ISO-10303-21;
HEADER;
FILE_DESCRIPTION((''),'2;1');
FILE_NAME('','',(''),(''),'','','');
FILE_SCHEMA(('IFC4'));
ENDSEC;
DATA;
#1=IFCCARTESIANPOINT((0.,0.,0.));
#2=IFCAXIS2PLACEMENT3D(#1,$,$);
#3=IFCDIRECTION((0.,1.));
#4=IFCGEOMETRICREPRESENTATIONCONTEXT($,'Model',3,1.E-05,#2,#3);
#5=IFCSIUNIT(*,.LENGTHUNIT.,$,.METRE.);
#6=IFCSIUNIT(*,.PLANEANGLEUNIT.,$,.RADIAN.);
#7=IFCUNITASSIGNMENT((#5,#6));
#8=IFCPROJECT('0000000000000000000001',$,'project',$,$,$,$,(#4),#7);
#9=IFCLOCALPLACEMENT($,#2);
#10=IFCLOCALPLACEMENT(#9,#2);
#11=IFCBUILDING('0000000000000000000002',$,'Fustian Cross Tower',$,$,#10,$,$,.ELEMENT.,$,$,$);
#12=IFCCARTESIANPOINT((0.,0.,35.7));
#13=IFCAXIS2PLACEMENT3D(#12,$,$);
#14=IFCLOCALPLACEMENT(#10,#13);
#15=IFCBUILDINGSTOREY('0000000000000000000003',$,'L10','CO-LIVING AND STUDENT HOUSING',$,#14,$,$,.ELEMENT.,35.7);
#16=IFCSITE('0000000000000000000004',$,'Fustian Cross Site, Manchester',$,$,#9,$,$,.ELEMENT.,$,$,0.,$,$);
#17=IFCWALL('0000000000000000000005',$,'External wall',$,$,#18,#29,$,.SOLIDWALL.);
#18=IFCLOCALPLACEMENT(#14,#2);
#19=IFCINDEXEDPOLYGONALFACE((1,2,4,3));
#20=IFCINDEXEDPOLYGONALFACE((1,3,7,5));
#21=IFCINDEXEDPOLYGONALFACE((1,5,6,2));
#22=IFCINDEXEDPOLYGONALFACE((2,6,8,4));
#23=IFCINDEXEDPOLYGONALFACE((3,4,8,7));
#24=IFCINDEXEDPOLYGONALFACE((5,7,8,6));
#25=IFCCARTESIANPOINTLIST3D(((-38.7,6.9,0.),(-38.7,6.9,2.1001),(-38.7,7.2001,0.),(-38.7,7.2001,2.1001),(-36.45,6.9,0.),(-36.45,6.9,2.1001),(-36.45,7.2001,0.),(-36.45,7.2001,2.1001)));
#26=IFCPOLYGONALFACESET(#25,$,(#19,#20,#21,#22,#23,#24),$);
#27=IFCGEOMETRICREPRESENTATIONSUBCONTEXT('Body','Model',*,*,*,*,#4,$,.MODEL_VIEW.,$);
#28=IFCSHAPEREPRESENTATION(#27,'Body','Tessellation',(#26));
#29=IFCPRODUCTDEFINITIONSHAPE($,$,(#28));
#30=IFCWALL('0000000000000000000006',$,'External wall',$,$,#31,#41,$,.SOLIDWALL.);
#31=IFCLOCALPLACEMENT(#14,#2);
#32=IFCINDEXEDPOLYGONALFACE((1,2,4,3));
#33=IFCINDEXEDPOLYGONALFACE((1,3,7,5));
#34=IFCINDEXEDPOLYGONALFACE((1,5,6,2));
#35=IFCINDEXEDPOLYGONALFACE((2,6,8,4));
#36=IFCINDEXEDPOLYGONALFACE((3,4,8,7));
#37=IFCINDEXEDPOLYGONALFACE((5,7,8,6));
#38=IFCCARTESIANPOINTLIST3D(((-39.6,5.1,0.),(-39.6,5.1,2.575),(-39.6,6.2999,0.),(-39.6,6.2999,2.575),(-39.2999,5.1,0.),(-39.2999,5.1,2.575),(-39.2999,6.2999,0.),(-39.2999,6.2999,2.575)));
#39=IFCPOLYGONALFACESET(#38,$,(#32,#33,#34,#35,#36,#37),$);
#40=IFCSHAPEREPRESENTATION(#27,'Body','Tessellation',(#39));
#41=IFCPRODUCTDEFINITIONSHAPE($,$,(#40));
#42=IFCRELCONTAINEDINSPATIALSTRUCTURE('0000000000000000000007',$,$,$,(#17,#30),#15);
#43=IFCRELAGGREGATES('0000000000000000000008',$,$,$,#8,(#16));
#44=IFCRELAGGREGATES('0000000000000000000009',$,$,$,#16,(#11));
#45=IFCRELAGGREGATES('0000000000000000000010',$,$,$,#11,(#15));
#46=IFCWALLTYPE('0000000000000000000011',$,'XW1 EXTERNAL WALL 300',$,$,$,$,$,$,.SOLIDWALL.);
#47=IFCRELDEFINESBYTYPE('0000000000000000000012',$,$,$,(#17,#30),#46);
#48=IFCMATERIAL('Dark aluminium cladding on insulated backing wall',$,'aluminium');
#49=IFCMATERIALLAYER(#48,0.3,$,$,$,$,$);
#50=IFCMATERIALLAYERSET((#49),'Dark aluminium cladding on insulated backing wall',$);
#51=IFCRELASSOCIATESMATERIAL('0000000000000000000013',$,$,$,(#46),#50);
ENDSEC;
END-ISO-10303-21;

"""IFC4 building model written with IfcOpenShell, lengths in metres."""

from ifc_helpers import new_model, si_unit, direction, frame, frame_2d, origin, place, context, subcontext, project, spatial, rectangle, extrude, material, layer, layer_set, type_object, element, save


model = new_model("IFC4")

# Units and contexts
model_context = context("Model", 3, precision=1e-05, world=origin(), true_north=direction((0.0, 1.0)))
body_context = subcontext(model_context, "Body", "Model", "MODEL_VIEW")
ifc_project = project(units=[si_unit("LENGTHUNIT", "METRE"), si_unit("PLANEANGLEUNIT", "RADIAN")], contexts=[model_context])

# Site, building, storey
site_placement = place(None, origin())
site = spatial("IfcSite", under=ifc_project, at=site_placement, Name="Fustian Cross Site, Manchester", CompositionType="ELEMENT", RefElevation=0.0)
building_placement = place(site_placement, origin())
building = spatial("IfcBuilding", under=site, at=building_placement, Name="Fustian Cross Tower", CompositionType="ELEMENT")
storey_placement = place(building_placement, frame((0.0, 0.0, 35.7)))
storey = spatial("IfcBuildingStorey", under=building, at=storey_placement, Name="L10", Description="CO-LIVING AND STUDENT HOUSING", CompositionType="ELEMENT", Elevation=35.7)

# Shared definitions
ifc_material_1 = material(Name="Dark aluminium cladding on insulated backing wall", Category="aluminium")
ifc_layer = layer(ifc_material_1, 0.3)
ifc_layer_set = layer_set([ifc_layer], Name="Dark aluminium cladding on insulated backing wall")
wall_type = type_object("IfcWallType", Name="XW1 EXTERNAL WALL 300", PredefinedType="SOLIDWALL", material=ifc_layer_set)

# Walls
wall_1_placement = place(storey_placement, frame((-36.45, 7.05, 0.0), z_axis=(0.0, 0.0, 1.0), x_axis=(-1.0, 0.0, 0.0)))
element("IfcWall", 1, at=wall_1_placement, inside=storey, type_object=wall_type, Name="External wall", PredefinedType="SOLIDWALL", context=body_context, shape_type="SweptSolid", body=[
    extrude(rectangle(XDim=2.25, YDim=0.3, at=frame_2d((1.125, 0.0))), origin(), (0.0, 0.0, 1.0), 2.1001),
])
wall_2_placement = place(storey_placement, frame((-39.45, 6.3, 0.0), z_axis=(0.0, 0.0, 1.0), x_axis=(0.0, -1.0, 0.0)))
element("IfcWall", 2, at=wall_2_placement, inside=storey, type_object=wall_type, Name="External wall", PredefinedType="SOLIDWALL", context=body_context, shape_type="SweptSolid", body=[
    extrude(rectangle(XDim=1.2, YDim=0.3, at=frame_2d((0.6001, 0.0))), origin(), (0.0, 0.0, 1.0), 2.575),
])

save(model, "model.ifc")
